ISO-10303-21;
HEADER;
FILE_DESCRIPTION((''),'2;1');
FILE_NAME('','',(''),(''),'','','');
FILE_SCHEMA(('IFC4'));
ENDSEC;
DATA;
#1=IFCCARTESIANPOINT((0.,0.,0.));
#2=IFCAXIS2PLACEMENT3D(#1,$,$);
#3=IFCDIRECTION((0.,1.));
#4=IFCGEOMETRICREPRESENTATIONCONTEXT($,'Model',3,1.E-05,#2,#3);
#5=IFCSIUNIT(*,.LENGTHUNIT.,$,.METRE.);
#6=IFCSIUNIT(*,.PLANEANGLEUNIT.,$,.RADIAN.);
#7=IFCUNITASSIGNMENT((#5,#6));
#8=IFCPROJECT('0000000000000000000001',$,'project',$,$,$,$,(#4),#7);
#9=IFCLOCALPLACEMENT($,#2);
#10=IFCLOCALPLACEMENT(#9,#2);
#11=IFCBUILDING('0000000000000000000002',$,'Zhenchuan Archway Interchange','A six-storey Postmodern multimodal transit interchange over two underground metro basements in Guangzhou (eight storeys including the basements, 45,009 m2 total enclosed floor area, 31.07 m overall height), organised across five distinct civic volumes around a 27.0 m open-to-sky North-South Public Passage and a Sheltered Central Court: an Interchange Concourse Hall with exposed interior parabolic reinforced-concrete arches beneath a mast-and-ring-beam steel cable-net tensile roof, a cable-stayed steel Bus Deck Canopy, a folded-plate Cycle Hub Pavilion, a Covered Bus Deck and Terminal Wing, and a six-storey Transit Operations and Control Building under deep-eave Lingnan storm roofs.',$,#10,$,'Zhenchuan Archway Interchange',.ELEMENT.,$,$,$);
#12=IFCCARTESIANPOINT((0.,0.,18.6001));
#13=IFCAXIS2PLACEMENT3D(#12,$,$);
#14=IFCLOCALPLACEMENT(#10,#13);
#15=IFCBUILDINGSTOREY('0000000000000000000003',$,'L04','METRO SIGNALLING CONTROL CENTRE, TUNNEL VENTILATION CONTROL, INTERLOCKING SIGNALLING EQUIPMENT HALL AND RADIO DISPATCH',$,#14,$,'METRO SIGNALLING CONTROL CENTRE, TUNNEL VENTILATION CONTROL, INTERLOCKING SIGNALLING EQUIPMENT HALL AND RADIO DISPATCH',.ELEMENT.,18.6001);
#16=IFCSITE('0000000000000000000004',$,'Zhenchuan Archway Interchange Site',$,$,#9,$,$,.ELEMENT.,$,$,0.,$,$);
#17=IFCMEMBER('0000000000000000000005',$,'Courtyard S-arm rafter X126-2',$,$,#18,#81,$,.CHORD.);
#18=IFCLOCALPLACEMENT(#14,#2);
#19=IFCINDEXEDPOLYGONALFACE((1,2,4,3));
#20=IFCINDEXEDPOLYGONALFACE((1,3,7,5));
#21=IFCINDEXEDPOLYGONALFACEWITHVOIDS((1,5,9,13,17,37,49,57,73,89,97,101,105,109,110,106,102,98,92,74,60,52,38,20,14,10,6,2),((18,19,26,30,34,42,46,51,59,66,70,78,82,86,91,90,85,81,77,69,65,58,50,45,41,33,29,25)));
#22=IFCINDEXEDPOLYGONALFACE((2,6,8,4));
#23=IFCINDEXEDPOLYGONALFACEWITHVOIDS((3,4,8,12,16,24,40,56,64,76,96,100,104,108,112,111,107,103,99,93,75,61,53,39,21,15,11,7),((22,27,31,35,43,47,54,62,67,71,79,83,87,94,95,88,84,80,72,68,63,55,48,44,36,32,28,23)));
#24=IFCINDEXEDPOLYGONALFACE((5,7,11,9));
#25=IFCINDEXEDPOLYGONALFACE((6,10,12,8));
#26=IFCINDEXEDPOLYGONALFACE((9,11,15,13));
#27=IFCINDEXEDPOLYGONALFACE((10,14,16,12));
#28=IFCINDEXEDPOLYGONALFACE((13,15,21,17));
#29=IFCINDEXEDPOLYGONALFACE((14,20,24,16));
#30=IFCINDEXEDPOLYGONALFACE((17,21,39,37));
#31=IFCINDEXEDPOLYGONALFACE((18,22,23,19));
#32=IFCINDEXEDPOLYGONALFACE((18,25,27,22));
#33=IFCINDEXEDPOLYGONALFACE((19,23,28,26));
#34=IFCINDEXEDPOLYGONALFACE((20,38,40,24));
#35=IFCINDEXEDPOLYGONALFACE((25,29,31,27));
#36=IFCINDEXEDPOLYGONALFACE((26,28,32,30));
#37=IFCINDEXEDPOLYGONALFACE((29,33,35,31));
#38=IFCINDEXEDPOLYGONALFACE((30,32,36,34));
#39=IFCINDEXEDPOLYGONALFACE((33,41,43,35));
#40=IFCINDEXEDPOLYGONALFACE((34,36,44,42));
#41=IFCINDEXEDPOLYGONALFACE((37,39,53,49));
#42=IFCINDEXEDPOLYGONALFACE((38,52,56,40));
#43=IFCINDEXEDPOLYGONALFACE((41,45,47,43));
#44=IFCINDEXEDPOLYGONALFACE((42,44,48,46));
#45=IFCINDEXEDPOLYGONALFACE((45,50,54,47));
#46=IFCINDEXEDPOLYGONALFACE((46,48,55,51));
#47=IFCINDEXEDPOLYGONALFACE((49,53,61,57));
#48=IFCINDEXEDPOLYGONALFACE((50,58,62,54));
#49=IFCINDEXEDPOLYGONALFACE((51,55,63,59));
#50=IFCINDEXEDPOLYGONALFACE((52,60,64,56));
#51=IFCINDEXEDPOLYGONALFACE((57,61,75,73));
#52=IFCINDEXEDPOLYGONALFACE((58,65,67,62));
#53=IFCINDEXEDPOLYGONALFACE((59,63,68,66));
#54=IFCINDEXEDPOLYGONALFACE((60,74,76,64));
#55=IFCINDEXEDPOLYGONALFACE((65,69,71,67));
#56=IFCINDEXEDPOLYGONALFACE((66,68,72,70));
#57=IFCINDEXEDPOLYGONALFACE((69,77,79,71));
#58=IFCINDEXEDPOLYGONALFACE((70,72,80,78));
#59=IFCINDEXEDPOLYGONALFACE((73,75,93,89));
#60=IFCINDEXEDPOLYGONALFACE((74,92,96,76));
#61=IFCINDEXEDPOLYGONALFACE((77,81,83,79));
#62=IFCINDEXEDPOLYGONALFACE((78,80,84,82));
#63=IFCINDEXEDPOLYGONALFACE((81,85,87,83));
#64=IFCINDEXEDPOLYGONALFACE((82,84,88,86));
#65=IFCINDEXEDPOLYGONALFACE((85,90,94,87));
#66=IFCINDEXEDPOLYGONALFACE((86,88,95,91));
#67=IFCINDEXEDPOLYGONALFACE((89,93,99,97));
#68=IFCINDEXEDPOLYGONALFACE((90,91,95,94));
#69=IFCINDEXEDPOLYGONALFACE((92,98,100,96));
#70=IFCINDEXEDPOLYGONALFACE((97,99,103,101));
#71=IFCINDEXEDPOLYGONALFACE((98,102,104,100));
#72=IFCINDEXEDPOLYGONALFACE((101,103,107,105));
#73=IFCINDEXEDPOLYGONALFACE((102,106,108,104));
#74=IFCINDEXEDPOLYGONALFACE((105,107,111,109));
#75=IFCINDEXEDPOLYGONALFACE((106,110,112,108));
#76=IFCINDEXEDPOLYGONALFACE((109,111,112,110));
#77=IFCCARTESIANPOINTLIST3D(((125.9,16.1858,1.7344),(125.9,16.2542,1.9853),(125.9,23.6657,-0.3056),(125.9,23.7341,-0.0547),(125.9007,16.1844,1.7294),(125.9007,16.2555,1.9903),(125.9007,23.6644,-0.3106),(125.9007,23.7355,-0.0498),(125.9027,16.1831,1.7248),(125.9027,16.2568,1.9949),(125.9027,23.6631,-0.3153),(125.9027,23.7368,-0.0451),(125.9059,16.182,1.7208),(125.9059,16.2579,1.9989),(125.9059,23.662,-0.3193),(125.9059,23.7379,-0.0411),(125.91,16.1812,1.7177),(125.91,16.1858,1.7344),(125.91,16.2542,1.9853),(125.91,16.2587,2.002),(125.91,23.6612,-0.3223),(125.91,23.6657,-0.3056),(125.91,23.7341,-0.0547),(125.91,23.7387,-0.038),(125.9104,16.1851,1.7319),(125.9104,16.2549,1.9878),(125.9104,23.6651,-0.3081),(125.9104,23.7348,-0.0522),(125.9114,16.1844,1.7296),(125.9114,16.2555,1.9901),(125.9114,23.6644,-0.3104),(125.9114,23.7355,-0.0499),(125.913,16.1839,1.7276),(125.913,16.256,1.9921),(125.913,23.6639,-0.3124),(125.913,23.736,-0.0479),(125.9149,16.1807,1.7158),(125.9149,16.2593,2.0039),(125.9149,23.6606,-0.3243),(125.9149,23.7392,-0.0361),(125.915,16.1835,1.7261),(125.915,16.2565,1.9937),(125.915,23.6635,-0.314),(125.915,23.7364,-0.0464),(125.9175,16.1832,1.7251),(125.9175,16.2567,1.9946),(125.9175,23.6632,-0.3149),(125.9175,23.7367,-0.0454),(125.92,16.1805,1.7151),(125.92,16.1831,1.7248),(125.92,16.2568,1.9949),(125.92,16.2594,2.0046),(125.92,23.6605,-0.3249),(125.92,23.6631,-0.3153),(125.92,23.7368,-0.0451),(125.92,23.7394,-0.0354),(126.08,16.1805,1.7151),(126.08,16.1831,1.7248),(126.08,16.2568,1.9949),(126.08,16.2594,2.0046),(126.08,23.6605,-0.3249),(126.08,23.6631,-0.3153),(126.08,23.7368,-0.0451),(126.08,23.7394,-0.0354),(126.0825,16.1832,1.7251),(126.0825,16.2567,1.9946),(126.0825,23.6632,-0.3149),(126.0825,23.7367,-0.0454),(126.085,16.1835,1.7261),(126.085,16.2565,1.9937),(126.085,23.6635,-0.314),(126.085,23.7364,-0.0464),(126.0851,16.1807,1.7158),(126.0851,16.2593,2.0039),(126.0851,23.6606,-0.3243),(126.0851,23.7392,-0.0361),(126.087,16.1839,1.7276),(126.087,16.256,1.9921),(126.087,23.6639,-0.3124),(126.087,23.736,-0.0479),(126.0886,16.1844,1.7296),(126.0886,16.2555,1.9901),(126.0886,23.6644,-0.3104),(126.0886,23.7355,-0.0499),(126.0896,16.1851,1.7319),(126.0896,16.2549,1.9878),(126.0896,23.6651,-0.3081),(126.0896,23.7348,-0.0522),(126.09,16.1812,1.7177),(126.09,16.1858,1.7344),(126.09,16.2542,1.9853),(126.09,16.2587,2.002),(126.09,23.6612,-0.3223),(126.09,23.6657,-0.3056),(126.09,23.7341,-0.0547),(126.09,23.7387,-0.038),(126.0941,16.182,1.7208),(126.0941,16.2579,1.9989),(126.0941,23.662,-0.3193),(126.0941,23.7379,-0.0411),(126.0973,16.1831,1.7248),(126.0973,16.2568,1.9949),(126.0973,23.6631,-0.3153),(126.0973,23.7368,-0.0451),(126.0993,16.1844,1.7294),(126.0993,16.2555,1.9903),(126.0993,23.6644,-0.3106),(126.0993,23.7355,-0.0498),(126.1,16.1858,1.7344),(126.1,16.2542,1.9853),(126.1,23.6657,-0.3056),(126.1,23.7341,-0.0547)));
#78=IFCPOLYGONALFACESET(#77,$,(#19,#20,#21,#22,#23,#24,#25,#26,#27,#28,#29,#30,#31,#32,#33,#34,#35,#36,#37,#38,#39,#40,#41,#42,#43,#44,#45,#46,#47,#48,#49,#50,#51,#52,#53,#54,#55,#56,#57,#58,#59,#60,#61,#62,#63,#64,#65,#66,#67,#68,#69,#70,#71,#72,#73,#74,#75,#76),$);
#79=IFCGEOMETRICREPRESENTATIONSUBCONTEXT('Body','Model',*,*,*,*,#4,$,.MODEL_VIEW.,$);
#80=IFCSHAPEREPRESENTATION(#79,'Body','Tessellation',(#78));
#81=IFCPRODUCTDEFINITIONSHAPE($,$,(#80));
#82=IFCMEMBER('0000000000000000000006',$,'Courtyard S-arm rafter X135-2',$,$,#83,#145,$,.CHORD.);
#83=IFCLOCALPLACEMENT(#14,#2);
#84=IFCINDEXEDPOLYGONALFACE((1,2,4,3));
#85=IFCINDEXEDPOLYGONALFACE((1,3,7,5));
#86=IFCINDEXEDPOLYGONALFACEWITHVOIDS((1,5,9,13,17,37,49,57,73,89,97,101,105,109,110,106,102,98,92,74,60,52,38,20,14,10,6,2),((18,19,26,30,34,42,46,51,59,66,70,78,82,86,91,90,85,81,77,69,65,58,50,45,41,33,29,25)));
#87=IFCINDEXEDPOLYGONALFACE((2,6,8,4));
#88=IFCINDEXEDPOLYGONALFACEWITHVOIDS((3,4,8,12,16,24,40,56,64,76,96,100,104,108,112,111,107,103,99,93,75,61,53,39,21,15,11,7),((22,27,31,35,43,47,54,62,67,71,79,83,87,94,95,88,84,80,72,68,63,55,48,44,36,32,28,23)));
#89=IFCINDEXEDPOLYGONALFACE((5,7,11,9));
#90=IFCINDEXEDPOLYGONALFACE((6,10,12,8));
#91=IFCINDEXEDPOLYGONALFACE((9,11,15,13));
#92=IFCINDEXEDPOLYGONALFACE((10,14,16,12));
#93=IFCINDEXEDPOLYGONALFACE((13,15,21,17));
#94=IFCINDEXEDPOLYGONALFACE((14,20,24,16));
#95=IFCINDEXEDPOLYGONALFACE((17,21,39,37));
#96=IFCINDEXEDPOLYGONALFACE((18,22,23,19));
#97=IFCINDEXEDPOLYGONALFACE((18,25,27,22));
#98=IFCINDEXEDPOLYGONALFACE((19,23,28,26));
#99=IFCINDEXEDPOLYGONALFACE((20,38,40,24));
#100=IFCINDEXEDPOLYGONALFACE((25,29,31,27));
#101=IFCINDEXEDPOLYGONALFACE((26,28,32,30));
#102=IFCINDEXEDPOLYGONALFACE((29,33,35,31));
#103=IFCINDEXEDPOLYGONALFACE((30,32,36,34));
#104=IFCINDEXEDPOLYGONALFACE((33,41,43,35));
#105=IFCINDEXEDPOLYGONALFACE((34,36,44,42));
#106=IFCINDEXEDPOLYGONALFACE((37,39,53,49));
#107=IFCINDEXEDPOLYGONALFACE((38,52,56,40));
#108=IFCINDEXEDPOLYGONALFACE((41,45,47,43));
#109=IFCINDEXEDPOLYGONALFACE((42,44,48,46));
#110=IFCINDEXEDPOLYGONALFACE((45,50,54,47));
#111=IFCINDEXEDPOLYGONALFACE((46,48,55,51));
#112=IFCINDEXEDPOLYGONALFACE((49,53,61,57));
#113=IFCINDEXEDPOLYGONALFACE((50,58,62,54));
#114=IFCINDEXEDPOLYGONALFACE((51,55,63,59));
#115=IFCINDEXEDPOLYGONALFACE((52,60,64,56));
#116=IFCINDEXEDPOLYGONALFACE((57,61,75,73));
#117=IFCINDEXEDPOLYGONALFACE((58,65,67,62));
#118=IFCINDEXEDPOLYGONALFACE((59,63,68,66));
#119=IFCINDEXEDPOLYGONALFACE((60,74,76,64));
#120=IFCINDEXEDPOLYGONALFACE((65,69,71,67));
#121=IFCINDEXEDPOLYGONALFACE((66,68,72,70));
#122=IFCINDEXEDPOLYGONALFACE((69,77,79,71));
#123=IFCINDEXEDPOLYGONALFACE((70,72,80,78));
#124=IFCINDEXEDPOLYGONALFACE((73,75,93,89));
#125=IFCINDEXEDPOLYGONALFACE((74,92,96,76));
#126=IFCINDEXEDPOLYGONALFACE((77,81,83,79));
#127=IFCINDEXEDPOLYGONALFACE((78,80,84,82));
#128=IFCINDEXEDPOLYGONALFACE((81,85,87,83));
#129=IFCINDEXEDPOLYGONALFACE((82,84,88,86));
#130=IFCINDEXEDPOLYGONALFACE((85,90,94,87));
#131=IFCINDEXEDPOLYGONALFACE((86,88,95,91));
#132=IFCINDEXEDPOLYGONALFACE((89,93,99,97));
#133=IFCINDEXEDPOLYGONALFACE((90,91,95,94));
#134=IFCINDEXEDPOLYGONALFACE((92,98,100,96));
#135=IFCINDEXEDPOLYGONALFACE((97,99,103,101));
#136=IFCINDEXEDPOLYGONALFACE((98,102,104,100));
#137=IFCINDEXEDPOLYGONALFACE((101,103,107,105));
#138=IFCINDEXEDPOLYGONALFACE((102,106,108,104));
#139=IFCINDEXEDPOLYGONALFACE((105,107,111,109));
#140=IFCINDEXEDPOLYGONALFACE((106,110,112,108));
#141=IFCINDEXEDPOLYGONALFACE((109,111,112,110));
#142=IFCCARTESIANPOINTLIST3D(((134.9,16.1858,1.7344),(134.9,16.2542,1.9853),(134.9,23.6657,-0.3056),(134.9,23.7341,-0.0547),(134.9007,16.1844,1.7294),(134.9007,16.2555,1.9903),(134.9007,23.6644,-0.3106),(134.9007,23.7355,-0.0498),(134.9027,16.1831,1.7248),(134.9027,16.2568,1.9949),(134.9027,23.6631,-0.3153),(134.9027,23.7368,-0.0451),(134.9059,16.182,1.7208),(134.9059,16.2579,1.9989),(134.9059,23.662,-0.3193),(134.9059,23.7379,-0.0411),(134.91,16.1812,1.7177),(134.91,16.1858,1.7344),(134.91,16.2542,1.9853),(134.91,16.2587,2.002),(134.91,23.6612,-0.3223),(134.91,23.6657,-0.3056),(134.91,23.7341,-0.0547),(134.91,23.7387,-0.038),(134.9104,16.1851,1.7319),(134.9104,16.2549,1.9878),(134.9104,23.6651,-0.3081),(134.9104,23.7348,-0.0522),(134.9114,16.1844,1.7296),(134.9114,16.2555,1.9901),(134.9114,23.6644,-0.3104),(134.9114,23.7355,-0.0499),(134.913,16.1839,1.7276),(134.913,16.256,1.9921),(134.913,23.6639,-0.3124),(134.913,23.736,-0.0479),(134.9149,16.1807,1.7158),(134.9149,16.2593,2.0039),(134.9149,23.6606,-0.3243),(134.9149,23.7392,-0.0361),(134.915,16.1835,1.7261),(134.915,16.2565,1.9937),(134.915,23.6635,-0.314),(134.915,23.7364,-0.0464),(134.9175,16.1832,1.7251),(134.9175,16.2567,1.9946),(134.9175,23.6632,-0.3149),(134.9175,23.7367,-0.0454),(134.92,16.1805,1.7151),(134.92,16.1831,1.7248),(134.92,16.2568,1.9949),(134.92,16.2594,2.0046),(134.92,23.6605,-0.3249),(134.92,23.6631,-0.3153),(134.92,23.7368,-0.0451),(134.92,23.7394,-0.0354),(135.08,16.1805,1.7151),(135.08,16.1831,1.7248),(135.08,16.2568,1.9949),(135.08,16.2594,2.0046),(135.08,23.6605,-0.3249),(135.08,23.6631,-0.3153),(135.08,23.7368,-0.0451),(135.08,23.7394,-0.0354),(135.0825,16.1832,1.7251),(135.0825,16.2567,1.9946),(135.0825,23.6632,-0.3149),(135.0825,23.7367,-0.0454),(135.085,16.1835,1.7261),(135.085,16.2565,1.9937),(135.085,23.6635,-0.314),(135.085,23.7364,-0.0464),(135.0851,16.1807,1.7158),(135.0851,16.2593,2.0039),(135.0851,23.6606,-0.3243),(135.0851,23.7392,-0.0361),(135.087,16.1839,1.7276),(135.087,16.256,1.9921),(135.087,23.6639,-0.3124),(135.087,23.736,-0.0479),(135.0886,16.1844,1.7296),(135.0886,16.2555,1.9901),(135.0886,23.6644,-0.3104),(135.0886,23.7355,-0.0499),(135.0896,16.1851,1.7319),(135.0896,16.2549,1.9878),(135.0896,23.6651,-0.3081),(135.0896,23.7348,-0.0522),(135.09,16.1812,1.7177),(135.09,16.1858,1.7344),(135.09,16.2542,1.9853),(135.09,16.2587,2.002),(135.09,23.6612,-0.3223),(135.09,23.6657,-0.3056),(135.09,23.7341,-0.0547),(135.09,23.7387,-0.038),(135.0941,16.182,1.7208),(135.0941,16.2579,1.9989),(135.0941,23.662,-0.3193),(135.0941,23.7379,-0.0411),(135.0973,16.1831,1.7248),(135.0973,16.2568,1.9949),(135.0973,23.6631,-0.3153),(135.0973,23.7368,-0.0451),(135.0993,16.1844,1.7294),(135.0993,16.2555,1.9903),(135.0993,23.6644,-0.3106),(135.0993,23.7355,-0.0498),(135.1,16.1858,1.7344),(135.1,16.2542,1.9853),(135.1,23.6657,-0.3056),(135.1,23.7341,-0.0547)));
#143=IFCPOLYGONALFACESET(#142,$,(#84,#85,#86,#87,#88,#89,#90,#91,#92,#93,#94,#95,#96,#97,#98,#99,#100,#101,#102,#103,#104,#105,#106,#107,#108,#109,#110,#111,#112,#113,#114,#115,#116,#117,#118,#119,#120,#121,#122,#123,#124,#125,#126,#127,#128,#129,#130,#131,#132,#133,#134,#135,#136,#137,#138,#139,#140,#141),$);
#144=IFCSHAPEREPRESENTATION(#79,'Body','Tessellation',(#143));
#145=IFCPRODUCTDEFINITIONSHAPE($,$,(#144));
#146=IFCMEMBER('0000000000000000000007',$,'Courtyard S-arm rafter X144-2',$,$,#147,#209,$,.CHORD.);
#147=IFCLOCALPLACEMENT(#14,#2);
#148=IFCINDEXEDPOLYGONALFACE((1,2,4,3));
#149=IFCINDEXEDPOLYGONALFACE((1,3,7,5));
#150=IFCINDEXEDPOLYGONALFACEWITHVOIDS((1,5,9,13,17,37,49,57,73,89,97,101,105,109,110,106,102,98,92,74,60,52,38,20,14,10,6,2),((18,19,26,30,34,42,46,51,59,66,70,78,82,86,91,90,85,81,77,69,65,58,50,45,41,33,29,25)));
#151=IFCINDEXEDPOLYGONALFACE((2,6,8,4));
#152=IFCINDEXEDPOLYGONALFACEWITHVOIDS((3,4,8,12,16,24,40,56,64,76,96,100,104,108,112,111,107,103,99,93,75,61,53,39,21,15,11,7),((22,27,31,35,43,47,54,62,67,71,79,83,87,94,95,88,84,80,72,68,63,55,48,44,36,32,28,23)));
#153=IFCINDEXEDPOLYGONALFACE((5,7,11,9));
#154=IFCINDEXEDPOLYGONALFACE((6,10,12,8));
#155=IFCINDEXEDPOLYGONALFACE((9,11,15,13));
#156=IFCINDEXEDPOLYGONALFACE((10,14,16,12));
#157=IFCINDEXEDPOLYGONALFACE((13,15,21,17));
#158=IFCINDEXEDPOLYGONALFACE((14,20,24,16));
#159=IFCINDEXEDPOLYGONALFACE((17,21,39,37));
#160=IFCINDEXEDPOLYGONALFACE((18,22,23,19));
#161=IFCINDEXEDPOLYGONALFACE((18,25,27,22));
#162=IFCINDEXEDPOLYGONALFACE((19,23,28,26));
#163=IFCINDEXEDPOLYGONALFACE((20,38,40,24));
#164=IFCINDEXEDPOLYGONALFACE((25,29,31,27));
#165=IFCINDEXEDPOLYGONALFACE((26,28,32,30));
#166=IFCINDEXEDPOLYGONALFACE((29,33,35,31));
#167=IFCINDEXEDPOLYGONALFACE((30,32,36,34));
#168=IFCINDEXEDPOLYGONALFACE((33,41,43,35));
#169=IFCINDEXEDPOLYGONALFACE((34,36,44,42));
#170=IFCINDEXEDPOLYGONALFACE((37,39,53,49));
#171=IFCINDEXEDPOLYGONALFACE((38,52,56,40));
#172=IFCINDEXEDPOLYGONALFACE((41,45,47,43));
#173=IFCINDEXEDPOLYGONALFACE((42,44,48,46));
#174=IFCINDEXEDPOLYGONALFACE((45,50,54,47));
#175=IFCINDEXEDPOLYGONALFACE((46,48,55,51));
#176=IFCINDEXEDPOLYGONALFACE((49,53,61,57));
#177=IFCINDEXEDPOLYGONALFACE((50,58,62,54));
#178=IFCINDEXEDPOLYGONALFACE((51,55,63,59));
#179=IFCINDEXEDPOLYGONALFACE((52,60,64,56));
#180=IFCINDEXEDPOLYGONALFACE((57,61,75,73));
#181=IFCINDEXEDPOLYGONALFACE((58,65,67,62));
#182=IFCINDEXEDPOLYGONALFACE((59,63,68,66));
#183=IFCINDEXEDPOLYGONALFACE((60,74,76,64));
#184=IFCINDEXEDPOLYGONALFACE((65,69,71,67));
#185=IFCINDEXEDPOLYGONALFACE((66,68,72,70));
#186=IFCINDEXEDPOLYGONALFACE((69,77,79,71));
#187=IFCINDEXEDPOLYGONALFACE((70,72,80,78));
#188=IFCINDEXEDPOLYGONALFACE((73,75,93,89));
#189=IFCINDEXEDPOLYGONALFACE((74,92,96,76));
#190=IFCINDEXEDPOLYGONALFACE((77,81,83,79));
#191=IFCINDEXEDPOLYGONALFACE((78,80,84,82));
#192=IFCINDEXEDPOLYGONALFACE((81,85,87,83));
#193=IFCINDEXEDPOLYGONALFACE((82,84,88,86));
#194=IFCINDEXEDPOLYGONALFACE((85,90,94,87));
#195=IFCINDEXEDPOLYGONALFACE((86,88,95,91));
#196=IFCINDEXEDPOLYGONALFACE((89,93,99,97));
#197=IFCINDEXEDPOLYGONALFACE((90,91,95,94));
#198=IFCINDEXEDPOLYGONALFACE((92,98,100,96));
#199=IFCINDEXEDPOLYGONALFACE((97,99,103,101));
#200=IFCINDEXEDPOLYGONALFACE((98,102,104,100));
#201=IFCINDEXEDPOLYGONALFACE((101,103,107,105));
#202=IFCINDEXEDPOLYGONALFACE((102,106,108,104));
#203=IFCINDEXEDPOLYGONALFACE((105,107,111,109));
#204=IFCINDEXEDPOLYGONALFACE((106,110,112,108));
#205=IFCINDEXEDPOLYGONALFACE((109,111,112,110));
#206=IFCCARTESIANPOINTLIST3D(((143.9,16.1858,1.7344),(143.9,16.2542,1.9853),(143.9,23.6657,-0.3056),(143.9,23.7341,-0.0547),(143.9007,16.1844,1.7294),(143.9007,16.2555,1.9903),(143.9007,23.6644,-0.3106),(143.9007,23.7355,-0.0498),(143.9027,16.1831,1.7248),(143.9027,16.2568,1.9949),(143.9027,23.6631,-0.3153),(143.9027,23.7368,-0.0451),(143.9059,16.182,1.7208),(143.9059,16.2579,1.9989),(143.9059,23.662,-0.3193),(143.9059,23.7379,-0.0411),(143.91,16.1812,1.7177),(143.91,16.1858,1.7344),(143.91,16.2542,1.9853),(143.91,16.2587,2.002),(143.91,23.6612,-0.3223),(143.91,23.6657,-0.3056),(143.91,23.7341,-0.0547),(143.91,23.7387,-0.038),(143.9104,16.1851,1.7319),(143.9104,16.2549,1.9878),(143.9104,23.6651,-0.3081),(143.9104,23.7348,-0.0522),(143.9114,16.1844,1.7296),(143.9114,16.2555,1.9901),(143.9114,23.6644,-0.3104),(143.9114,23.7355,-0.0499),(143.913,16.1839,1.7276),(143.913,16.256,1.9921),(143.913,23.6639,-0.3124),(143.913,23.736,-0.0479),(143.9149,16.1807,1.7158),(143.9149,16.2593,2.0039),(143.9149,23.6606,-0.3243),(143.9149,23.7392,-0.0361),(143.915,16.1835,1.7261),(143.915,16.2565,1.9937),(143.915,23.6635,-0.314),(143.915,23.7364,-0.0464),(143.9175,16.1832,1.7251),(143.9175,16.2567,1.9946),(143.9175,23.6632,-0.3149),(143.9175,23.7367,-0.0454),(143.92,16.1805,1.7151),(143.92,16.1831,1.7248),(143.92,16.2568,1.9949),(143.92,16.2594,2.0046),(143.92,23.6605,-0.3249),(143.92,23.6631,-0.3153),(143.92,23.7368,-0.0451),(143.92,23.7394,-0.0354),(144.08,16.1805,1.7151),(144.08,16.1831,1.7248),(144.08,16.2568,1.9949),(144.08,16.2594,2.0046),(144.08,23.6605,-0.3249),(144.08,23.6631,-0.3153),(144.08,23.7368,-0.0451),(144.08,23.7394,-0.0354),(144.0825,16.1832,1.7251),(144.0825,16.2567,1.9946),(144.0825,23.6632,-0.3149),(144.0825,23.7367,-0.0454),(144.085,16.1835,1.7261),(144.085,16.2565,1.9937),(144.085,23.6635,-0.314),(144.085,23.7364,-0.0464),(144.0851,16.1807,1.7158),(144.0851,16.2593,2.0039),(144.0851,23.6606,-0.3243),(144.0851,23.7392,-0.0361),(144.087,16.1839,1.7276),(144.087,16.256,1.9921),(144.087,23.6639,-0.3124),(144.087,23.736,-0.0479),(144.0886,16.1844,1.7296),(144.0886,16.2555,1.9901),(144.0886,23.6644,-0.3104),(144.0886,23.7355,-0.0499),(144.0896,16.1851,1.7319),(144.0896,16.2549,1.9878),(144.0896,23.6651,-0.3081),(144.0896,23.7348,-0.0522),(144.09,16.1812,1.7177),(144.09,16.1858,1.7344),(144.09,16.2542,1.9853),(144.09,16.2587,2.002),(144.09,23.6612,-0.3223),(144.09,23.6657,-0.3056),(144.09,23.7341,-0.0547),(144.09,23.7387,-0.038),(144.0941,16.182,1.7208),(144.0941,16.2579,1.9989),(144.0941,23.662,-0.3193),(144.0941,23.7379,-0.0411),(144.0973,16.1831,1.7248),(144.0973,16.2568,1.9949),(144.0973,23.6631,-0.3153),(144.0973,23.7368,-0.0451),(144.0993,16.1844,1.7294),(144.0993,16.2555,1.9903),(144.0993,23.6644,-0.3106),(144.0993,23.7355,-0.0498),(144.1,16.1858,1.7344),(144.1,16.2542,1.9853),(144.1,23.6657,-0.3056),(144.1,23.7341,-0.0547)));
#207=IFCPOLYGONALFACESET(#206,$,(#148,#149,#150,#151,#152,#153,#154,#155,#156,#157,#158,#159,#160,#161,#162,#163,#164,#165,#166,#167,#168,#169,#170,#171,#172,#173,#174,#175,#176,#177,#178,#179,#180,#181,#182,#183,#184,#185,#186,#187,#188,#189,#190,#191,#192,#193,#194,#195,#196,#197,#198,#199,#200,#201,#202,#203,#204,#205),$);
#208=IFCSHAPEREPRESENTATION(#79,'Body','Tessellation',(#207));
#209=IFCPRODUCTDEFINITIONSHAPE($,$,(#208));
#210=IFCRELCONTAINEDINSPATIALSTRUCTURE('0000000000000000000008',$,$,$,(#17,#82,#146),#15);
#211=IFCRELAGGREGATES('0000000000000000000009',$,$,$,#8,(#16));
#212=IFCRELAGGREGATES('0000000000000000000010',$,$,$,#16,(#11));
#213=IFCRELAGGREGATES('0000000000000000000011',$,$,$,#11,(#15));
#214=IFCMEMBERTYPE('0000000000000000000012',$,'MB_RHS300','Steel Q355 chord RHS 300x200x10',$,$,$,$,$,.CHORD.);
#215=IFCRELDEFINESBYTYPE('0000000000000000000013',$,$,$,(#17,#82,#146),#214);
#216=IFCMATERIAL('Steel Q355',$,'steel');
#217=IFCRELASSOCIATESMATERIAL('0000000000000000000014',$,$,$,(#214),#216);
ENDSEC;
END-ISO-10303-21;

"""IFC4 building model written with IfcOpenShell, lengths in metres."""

from ifc_helpers import new_model, si_unit, direction, frame, origin, origin_2d, place, context, subcontext, project, spatial, hollow_rectangle, extrude, material, material_profile, profile_set, type_object, element, save


model = new_model("IFC4")

# Units and contexts
model_context = context("Model", 3, precision=1e-05, world=origin(), true_north=direction((0.0, 1.0)))
body_context = subcontext(model_context, "Body", "Model", "MODEL_VIEW")
ifc_project = project(units=[si_unit("LENGTHUNIT", "METRE"), si_unit("PLANEANGLEUNIT", "RADIAN")], contexts=[model_context])

# Site, building, storey
site_placement = place(None, origin())
site = spatial("IfcSite", under=ifc_project, at=site_placement, Name="Zhenchuan Archway Interchange Site", CompositionType="ELEMENT", RefElevation=0.0)
building_placement = place(site_placement, origin())
building = spatial("IfcBuilding", under=site, at=building_placement, Name="Zhenchuan Archway Interchange", Description="A six-storey Postmodern multimodal transit interchange over two underground metro basements in Guangzhou (eight storeys including the basements, 45,009 m2 total enclosed floor area, 31.07 m overall height), organised across five distinct civic volumes around a 27.0 m open-to-sky North-South Public Passage and a Sheltered Central Court: an Interchange Concourse Hall with exposed interior parabolic reinforced-concrete arches beneath a mast-and-ring-beam steel cable-net tensile roof, a cable-stayed steel Bus Deck Canopy, a folded-plate Cycle Hub Pavilion, a Covered Bus Deck and Terminal Wing, and a six-storey Transit Operations and Control Building under deep-eave Lingnan storm roofs.", LongName="Zhenchuan Archway Interchange", CompositionType="ELEMENT")
storey_placement = place(building_placement, frame((0.0, 0.0, 18.6001)))
storey = spatial("IfcBuildingStorey", under=building, at=storey_placement, Name="L04", Description="METRO SIGNALLING CONTROL CENTRE, TUNNEL VENTILATION CONTROL, INTERLOCKING SIGNALLING EQUIPMENT HALL AND RADIO DISPATCH", LongName="METRO SIGNALLING CONTROL CENTRE, TUNNEL VENTILATION CONTROL, INTERLOCKING SIGNALLING EQUIPMENT HALL AND RADIO DISPATCH", CompositionType="ELEMENT", Elevation=18.6001)

# Shared definitions
ifc_material_1 = material(Name="Steel Q355", Category="steel")

# Members
ifc_material_profile_1 = material_profile(ifc_material_1, hollow_rectangle(XDim=0.2, YDim=0.3, WallThickness=0.01, InnerFilletRadius=0.01, OuterFilletRadius=0.02, at=origin_2d()), Name="RHS 300x200x10")
ifc_profile_set_1 = profile_set([ifc_material_profile_1], Name="Steel Q355")
member_type = type_object("IfcMemberType", Name="MB_RHS300", Description="Steel Q355 chord RHS 300x200x10", PredefinedType="CHORD", material=ifc_profile_set_1)
for number, where, z_axis, x_axis, name in (
    (1, (126.0, 16.22, 1.8599), (0.0, 0.964762, -0.263123), (-1.0, 0.0, 0.0), "Courtyard S-arm rafter X126-2"),
    (2, (135.0, 16.22, 1.8599), (0.0, 0.964762, -0.263123), (-1.0, 0.0, 0.0), "Courtyard S-arm rafter X135-2"),
    (3, (144.0, 16.22, 1.8599), (0.0, 0.964762, -0.263123), (-1.0, 0.0, 0.0), "Courtyard S-arm rafter X144-2"),
):
    element("IfcMember", number, at=place(storey_placement, frame(where, z_axis=z_axis, x_axis=x_axis)), inside=storey, type_object=member_type, Name=name, PredefinedType="CHORD", context=body_context, shape_type="SweptSolid", body=[
        extrude(hollow_rectangle(XDim=0.2, YDim=0.3, WallThickness=0.01, InnerFilletRadius=0.01, OuterFilletRadius=0.02, at=origin_2d()), origin(), (0.0, 0.0, 1.0), 7.7532),
    ])

save(model, "model.ifc")
